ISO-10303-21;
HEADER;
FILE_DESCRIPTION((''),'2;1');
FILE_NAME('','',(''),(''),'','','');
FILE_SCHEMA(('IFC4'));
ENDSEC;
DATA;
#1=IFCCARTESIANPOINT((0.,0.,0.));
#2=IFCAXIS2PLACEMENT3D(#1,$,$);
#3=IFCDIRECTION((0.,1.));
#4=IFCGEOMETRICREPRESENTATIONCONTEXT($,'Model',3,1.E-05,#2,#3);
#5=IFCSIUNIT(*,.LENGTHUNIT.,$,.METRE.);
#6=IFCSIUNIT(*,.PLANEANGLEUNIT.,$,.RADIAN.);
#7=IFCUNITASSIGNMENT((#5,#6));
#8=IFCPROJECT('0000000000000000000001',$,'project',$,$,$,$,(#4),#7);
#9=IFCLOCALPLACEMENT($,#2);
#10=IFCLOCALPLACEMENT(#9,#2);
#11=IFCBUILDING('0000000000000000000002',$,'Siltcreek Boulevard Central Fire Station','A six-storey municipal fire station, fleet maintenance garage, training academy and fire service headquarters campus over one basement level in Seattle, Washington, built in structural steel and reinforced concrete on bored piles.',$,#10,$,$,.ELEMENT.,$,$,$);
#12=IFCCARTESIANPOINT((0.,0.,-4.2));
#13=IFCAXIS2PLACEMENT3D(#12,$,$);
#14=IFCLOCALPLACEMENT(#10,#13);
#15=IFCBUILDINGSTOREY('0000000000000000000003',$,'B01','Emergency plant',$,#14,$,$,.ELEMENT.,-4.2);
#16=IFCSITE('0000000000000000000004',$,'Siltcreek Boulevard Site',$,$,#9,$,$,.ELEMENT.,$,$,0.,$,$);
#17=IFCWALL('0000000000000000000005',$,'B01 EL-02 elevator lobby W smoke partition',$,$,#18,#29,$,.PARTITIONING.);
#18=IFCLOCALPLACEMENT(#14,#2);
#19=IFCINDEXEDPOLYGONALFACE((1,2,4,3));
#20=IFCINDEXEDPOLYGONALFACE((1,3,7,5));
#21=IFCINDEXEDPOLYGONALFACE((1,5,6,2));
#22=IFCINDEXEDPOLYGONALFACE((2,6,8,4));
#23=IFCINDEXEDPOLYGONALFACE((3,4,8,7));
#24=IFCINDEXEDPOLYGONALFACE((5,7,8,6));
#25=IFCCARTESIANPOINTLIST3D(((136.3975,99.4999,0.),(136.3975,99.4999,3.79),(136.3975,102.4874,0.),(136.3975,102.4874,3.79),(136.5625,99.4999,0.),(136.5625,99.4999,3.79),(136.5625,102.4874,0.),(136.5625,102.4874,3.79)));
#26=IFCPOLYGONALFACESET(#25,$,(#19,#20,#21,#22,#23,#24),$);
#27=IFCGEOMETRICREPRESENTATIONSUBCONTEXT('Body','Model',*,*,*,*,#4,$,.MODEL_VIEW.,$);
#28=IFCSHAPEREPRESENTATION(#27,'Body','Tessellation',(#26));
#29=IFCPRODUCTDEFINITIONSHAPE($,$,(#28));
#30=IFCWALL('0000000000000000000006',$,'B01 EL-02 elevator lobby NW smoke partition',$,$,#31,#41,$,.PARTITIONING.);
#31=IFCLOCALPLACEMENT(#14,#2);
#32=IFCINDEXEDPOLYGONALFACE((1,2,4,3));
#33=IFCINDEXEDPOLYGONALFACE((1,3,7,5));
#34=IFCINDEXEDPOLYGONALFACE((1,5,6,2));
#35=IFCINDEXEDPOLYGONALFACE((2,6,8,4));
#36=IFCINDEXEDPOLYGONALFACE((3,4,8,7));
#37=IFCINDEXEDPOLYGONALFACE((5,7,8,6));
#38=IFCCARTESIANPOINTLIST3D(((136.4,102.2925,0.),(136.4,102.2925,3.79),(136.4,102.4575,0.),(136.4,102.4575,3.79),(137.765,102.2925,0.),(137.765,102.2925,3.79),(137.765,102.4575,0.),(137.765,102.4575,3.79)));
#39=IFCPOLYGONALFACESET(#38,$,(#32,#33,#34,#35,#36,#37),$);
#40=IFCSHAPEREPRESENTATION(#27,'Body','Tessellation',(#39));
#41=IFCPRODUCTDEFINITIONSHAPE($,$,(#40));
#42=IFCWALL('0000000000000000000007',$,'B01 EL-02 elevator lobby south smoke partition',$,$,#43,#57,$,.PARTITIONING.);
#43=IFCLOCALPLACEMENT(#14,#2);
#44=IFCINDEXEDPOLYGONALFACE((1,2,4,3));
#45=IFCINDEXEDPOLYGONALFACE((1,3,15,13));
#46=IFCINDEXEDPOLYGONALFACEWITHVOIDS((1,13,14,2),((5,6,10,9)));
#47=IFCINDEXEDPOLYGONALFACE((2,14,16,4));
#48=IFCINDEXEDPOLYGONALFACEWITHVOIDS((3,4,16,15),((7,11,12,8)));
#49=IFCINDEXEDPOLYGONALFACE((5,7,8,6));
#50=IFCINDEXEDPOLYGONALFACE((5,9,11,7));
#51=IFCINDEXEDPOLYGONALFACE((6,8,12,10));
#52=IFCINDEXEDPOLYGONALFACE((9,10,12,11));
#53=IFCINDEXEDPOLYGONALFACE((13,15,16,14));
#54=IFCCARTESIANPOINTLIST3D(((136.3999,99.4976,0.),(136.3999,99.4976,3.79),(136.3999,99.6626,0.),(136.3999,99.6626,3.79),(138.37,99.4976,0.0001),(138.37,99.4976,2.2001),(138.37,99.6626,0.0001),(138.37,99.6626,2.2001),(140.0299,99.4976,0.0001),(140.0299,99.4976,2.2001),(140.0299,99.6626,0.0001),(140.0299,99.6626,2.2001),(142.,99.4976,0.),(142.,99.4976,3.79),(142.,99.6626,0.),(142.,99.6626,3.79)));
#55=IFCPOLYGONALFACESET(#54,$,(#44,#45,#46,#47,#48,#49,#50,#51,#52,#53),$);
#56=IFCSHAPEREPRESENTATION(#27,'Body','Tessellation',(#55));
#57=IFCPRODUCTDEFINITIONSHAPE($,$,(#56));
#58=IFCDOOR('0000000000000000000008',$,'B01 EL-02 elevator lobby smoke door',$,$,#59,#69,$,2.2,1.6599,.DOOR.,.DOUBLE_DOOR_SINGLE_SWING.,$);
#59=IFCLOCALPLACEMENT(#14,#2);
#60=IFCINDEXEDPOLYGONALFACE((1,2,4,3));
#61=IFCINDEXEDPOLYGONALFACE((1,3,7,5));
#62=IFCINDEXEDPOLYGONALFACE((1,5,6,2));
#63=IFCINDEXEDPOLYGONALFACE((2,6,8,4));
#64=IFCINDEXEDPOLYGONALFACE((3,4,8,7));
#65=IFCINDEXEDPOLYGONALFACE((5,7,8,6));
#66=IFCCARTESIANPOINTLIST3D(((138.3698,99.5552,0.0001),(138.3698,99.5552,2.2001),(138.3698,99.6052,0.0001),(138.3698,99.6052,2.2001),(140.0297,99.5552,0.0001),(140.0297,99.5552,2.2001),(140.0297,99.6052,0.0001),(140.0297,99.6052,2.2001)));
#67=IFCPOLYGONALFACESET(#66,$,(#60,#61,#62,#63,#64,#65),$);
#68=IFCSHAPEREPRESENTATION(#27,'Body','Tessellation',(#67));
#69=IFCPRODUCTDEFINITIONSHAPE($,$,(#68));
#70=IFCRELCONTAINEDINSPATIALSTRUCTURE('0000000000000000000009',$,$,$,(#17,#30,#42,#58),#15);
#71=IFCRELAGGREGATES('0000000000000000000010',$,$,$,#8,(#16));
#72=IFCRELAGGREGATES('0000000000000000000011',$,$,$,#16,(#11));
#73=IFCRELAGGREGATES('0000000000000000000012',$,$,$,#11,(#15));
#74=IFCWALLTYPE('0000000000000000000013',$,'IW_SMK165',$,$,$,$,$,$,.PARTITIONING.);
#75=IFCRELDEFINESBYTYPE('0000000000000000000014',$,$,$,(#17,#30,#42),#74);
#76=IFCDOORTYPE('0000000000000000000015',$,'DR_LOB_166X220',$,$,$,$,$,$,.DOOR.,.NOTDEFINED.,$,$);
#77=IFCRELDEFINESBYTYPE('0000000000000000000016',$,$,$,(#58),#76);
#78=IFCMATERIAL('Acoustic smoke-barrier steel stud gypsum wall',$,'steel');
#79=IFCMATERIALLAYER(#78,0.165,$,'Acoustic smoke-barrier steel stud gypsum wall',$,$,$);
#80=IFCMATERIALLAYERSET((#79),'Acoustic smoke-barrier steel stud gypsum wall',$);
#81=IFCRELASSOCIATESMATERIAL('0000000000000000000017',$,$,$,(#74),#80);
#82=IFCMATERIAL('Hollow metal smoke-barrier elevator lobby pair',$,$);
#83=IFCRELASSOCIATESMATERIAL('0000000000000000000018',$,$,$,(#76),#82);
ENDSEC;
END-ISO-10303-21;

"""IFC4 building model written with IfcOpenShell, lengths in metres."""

from ifc_helpers import new_model, si_unit, direction, frame, frame_2d, origin, place, context, subcontext, project, spatial, rectangle, extrude, material, layer, layer_set, type_object, element, fill, save


model = new_model("IFC4")

# Units and contexts
model_context = context("Model", 3, precision=1e-05, world=origin(), true_north=direction((0.0, 1.0)))
body_context = subcontext(model_context, "Body", "Model", "MODEL_VIEW")
ifc_project = project(units=[si_unit("LENGTHUNIT", "METRE"), si_unit("PLANEANGLEUNIT", "RADIAN")], contexts=[model_context])

# Site, building, storey
site_placement = place(None, origin())
site = spatial("IfcSite", under=ifc_project, at=site_placement, Name="Siltcreek Boulevard Site", CompositionType="ELEMENT", RefElevation=0.0)
building_placement = place(site_placement, origin())
building = spatial("IfcBuilding", under=site, at=building_placement, Name="Siltcreek Boulevard Central Fire Station", Description="A six-storey municipal fire station, fleet maintenance garage, training academy and fire service headquarters campus over one basement level in Seattle, Washington, built in structural steel and reinforced concrete on bored piles.", CompositionType="ELEMENT")
storey_placement = place(building_placement, frame((0.0, 0.0, -4.2)))
storey = spatial("IfcBuildingStorey", under=building, at=storey_placement, Name="B01", Description="Emergency plant", CompositionType="ELEMENT", Elevation=-4.2)

# Walls
ifc_material_1 = material(Name="Acoustic smoke-barrier steel stud gypsum wall", Category="steel")
ifc_layer_1 = layer(ifc_material_1, 0.165, Name="Acoustic smoke-barrier steel stud gypsum wall")
ifc_layer_set_1 = layer_set([ifc_layer_1], Name="Acoustic smoke-barrier steel stud gypsum wall")
wall_type_1 = type_object("IfcWallType", Name="IW_SMK165", PredefinedType="PARTITIONING", material=ifc_layer_set_1)
wall_1_placement = place(storey_placement, frame((136.48, 99.5, 0.0), z_axis=(0.0, 0.0, 1.0), x_axis=(0.0, 1.0, 0.0)))
element("IfcWall", 1, at=wall_1_placement, inside=storey, type_object=wall_type_1, Name="B01 EL-02 elevator lobby W smoke partition", PredefinedType="PARTITIONING", context=body_context, shape_type="SweptSolid", body=[
    extrude(rectangle(XDim=2.9875, YDim=0.165, at=frame_2d((1.4937, 0.0))), origin(), (0.0, 0.0, 1.0), 3.79),
])
wall_2_placement = place(storey_placement, frame((136.3999, 102.375, 0.0), z_axis=(0.0, 0.0, 1.0), x_axis=(1.0, 0.0, 0.0)))
element("IfcWall", 2, at=wall_2_placement, inside=storey, type_object=wall_type_1, Name="B01 EL-02 elevator lobby NW smoke partition", PredefinedType="PARTITIONING", context=body_context, shape_type="SweptSolid", body=[
    extrude(rectangle(XDim=1.365, YDim=0.165, at=frame_2d((0.6826, 0.0))), origin(), (0.0, 0.0, 1.0), 3.79),
])

# Wall, opening, door
wall_3_placement = place(storey_placement, frame((136.3999, 99.5801, 0.0), z_axis=(0.0, 0.0, 1.0), x_axis=(1.0, 0.0, 0.0)))
wall_3 = element("IfcWall", 3, at=wall_3_placement, inside=storey, type_object=wall_type_1, Name="B01 EL-02 elevator lobby south smoke partition", PredefinedType="PARTITIONING", context=body_context, shape_type="SweptSolid", body=[
    extrude(rectangle(XDim=5.6001, YDim=0.165, at=frame_2d((2.8, 0.0))), origin(), (0.0, 0.0, 1.0), 3.79),
])
opening_1_placement = place(wall_3_placement, frame((1.97, 0.0, 0.0)))
opening_1 = element("IfcOpeningElement", 4, at=opening_1_placement, cuts=wall_3, PredefinedType="OPENING", context=body_context, shape_type="SweptSolid", body=[
    extrude(rectangle(XDim=1.6599, YDim=2.2, at=frame_2d((0.8301, 1.1001))), frame((0.0, 0.0925, 0.0), z_axis=(0.0, -1.0, 0.0), x_axis=(1.0, 0.0, 0.0)), (0.0, 0.0, 1.0), 0.1851),
])
ifc_material_2 = material(Name="Hollow metal smoke-barrier elevator lobby pair")
door_type_1 = type_object("IfcDoorType", Name="DR_LOB_166X220", OperationType="NOTDEFINED", PredefinedType="DOOR", material=ifc_material_2)
door_1_placement = place(opening_1_placement, frame((1.6599, 0.0, 0.0), z_axis=(0.0, 0.0, 1.0), x_axis=(-1.0, 0.0, 0.0)))
door_1 = element("IfcDoor", 5, at=door_1_placement, inside=storey, type_object=door_type_1, Name="B01 EL-02 elevator lobby smoke door", OperationType="DOUBLE_DOOR_SINGLE_SWING", OverallHeight=2.2, OverallWidth=1.6599, PredefinedType="DOOR", context=body_context, shape_type="SweptSolid", body=[
    extrude(rectangle(XDim=1.6599, YDim=2.2, at=frame_2d((0.8301, 1.1001))), frame((0.0, 0.0249, 0.0), z_axis=(0.0, -1.0, 0.0), x_axis=(1.0, 0.0, 0.0)), (0.0, 0.0, 1.0), 0.05),
])
fill(opening_1, door_1)

save(model, "model.ifc")
